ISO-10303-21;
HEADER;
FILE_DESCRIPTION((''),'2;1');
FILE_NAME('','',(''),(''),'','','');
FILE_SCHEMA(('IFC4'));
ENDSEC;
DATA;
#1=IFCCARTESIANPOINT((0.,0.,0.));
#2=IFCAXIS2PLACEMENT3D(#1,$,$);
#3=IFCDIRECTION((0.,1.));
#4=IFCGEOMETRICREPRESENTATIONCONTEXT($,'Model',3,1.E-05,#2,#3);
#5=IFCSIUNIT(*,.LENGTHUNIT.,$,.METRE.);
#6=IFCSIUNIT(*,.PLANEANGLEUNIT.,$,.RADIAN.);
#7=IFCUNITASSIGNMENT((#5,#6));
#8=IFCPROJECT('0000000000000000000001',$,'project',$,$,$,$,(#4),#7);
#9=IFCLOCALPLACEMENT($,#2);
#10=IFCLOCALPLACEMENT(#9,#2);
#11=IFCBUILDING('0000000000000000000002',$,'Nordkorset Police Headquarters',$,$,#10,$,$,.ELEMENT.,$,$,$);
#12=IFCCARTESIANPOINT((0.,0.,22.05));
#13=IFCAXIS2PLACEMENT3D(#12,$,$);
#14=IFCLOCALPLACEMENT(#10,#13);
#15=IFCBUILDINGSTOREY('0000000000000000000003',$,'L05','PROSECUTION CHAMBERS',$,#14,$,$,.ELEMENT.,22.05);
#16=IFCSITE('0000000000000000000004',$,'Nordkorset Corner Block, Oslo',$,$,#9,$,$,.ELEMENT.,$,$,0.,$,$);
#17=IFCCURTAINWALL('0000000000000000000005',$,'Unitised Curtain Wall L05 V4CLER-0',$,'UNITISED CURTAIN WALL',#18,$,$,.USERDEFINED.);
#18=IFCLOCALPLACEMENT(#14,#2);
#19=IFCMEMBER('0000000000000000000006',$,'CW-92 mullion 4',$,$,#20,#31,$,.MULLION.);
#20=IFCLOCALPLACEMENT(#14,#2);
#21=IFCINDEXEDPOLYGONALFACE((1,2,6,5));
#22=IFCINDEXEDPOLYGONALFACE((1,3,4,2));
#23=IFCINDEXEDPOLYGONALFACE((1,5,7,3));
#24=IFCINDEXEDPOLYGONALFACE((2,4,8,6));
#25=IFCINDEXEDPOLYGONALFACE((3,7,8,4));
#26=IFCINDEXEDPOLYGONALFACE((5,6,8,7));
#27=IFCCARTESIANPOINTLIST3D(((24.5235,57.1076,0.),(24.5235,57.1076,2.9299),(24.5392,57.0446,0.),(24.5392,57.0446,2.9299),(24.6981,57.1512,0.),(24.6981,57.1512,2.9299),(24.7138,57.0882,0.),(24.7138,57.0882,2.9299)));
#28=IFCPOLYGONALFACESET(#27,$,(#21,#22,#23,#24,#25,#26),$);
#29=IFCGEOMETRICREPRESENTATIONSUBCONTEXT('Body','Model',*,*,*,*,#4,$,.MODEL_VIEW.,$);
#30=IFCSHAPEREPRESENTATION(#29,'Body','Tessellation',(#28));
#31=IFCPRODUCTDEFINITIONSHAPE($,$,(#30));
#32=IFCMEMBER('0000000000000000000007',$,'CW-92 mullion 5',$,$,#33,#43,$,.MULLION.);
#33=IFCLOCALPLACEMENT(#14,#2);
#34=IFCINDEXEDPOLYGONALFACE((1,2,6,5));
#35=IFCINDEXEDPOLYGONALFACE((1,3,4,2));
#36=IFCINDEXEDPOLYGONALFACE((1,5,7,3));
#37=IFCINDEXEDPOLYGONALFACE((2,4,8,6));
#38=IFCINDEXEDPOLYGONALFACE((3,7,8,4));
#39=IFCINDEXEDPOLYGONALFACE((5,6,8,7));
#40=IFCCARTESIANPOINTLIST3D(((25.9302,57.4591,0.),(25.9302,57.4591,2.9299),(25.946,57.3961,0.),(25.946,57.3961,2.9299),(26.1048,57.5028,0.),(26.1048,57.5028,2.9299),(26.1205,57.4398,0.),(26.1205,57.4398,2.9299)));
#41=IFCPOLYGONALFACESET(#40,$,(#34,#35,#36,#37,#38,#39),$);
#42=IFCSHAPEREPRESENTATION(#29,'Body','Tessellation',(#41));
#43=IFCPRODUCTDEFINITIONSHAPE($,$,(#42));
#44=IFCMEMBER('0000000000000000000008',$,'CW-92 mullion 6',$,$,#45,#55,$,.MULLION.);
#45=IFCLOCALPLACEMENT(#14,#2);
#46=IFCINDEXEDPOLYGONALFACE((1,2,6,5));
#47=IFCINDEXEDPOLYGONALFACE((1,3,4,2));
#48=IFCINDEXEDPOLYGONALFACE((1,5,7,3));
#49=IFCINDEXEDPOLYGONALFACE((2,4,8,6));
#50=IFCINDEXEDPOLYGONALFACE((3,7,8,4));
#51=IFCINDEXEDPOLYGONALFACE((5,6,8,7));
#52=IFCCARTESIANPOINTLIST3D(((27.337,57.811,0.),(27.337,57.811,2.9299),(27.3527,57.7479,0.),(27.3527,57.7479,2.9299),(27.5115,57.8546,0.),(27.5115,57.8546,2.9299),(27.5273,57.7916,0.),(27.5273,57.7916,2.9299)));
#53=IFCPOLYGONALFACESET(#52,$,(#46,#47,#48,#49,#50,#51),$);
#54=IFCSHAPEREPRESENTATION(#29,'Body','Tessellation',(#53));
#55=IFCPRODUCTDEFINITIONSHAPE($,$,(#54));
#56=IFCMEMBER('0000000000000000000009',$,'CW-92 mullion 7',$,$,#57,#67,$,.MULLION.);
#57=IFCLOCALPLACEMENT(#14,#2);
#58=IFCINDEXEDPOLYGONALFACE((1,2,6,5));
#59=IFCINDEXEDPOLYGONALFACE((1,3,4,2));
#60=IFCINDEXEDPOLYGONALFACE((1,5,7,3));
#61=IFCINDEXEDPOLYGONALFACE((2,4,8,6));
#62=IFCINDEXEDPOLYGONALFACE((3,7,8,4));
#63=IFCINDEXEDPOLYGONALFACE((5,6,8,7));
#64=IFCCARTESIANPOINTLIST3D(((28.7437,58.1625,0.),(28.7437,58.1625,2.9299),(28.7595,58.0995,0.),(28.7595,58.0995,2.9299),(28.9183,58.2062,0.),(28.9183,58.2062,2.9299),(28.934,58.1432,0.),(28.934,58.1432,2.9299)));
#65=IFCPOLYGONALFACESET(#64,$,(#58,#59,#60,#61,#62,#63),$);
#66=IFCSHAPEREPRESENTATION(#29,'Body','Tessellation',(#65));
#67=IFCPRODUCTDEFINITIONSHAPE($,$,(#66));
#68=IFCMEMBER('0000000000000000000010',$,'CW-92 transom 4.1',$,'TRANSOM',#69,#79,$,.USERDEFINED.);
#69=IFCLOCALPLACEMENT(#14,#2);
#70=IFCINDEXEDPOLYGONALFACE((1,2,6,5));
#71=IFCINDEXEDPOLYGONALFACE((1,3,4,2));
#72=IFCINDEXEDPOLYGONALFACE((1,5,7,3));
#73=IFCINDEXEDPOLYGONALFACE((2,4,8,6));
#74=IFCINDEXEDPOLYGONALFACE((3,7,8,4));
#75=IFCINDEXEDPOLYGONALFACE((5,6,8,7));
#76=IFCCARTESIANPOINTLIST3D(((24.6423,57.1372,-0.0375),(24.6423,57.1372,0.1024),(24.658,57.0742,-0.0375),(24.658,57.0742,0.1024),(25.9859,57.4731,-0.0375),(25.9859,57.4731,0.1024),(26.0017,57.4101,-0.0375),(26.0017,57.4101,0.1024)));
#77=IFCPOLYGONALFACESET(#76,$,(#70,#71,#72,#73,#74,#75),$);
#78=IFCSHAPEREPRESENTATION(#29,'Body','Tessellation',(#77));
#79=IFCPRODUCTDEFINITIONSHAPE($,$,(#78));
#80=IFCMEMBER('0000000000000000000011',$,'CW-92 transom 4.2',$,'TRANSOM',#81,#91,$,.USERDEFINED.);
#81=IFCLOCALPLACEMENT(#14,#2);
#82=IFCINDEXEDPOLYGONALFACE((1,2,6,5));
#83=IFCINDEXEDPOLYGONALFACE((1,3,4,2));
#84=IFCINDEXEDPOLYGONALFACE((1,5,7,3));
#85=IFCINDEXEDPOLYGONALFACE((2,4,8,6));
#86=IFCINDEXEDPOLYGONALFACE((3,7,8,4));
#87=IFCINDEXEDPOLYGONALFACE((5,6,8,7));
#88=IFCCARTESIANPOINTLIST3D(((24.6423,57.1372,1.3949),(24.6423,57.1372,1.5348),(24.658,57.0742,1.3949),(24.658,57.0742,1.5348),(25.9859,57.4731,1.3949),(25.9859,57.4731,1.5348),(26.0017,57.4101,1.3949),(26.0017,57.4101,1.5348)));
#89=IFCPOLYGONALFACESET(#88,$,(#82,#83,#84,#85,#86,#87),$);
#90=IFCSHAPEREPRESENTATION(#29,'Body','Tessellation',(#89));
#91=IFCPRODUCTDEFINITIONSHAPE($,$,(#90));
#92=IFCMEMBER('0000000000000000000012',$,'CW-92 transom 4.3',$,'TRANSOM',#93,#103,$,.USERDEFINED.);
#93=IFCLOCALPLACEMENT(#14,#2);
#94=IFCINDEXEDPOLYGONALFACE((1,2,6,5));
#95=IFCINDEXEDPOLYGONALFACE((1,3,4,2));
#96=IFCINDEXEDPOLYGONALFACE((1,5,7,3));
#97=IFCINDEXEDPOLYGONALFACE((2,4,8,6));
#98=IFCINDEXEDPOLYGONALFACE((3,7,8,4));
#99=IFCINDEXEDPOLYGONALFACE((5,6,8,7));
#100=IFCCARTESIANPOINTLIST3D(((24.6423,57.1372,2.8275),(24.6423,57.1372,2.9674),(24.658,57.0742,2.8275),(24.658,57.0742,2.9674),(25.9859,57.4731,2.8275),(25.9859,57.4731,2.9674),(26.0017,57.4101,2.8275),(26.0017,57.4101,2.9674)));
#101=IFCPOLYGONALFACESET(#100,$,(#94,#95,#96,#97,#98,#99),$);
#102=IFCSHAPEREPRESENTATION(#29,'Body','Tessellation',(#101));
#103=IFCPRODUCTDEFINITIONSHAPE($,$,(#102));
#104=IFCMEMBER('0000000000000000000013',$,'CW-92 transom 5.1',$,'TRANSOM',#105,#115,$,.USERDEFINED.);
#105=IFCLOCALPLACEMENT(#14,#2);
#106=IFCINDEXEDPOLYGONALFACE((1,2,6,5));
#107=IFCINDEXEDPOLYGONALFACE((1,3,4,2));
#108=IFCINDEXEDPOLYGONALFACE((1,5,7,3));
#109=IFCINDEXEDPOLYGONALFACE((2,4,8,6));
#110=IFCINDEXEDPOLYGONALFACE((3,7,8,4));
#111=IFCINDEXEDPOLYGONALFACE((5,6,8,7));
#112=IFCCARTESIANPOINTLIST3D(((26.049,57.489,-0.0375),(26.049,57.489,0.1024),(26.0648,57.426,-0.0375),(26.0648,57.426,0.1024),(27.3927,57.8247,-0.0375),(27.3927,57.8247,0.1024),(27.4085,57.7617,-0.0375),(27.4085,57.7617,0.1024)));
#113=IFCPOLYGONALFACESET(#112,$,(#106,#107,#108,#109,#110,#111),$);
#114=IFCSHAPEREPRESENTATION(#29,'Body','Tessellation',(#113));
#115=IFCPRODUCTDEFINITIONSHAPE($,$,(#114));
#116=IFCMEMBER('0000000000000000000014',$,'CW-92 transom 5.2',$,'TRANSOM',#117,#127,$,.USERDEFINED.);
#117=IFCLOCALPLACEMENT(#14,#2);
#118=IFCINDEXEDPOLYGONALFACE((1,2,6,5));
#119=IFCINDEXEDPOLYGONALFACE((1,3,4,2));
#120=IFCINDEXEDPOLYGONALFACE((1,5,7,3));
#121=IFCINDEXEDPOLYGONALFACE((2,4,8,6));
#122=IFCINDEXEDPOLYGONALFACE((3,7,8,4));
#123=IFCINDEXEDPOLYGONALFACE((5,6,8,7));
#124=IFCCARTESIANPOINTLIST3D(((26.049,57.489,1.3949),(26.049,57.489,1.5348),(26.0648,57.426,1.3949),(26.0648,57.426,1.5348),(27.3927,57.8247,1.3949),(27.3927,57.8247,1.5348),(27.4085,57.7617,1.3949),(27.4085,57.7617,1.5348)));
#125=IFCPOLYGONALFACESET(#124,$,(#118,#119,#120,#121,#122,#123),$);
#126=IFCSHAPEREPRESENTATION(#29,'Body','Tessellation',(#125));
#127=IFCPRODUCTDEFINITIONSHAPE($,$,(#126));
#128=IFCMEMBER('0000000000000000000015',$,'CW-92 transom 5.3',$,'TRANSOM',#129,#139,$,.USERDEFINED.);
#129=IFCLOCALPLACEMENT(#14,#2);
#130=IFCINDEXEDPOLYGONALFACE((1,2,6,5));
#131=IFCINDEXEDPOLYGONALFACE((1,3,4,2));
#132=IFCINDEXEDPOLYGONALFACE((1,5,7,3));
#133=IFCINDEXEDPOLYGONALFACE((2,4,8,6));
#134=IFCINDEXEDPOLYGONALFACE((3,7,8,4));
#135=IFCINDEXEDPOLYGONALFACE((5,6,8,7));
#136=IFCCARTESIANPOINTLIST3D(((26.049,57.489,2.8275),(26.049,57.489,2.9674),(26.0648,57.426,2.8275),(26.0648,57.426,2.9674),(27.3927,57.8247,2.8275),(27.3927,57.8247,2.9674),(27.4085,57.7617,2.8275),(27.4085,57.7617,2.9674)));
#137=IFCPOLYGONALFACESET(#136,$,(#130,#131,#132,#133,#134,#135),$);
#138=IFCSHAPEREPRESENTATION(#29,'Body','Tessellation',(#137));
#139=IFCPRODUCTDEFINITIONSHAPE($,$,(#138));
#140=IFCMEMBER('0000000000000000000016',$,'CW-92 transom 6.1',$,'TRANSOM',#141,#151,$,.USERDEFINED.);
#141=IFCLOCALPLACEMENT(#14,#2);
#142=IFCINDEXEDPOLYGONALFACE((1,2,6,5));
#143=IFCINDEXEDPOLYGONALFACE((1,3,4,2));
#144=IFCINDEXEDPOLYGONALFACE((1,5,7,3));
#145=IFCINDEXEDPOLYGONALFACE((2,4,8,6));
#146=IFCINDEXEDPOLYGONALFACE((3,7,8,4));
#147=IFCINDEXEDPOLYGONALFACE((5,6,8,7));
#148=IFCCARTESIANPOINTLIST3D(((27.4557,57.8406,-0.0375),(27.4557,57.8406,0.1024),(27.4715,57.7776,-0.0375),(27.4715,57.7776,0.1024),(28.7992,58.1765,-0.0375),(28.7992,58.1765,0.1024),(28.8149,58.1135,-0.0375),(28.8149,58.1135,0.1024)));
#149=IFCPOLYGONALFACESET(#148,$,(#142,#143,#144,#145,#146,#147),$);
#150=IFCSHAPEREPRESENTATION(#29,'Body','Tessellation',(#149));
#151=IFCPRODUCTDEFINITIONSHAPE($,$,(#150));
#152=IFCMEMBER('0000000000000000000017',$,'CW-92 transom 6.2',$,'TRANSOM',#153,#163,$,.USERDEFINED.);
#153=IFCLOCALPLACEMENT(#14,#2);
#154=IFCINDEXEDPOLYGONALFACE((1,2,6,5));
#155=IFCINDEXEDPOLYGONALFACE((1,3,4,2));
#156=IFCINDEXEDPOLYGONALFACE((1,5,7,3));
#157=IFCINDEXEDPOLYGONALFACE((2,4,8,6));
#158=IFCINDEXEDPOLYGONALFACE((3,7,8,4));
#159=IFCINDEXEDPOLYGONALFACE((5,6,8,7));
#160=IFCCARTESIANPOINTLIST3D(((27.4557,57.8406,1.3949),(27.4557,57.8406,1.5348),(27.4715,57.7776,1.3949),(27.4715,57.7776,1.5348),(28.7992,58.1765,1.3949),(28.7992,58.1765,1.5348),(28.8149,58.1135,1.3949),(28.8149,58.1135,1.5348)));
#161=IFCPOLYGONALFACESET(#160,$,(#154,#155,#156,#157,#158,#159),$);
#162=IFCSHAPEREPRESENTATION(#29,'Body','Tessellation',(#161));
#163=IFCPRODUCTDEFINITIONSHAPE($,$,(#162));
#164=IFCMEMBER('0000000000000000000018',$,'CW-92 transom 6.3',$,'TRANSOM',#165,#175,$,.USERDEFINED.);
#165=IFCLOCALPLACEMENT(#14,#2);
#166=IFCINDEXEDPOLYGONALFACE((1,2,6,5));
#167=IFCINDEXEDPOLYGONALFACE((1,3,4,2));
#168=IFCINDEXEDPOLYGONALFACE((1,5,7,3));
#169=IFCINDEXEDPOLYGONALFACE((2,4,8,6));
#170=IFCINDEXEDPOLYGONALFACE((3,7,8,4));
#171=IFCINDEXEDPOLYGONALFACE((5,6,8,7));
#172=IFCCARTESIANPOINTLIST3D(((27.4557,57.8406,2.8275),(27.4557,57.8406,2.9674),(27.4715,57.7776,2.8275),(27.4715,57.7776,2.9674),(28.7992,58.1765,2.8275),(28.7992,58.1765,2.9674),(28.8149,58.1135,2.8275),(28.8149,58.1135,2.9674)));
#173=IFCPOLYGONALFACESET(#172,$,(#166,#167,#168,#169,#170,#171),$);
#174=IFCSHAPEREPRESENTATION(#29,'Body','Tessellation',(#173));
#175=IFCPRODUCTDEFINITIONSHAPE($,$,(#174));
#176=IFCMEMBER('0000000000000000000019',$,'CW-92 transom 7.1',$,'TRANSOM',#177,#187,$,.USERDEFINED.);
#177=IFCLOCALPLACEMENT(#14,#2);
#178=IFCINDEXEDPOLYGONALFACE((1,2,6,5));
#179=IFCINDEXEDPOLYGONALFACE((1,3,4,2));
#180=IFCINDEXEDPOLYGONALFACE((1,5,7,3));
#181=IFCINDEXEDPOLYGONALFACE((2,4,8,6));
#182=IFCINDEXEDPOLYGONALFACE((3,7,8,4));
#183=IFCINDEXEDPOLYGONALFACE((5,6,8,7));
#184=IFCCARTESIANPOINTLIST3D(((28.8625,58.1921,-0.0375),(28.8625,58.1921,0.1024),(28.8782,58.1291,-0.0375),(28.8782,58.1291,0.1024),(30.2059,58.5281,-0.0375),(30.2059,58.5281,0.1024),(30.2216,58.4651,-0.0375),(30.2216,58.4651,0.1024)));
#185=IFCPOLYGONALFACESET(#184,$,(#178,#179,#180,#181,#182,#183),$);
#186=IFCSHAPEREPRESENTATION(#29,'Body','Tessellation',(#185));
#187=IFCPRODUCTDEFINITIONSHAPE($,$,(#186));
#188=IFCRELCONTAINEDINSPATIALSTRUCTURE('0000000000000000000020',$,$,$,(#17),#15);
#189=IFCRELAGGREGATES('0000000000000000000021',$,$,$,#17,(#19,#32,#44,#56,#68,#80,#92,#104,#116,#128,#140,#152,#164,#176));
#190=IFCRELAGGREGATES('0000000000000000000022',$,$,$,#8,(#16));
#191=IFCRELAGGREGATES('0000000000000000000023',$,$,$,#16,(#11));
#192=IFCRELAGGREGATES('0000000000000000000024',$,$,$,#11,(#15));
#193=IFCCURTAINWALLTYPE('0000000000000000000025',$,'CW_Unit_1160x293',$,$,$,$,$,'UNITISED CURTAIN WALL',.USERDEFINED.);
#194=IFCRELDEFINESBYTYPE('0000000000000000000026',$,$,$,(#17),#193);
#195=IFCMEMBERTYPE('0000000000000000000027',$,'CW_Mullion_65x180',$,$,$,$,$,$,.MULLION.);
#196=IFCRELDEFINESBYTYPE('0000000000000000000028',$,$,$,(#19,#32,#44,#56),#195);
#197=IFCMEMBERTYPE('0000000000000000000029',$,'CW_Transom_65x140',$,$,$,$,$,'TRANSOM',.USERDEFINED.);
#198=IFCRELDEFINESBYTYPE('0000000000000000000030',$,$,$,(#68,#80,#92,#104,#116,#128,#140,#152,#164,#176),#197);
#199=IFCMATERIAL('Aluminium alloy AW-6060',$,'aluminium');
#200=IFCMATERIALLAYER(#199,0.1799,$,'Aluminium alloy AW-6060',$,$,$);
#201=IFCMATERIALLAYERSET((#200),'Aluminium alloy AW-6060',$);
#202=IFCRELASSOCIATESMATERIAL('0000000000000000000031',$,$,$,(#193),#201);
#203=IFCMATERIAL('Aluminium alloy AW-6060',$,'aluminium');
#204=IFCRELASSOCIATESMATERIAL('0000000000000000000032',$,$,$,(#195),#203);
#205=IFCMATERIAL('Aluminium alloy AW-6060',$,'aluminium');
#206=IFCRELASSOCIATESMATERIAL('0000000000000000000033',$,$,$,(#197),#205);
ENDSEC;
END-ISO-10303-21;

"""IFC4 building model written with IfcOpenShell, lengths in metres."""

from ifc_helpers import new_model, si_unit, direction, frame, origin, origin_2d, place, context, subcontext, project, spatial, rectangle, extrude, material, layer, layer_set, material_profile, profile_set, type_object, element, aggregate, save


model = new_model("IFC4")

# Units and contexts
model_context = context("Model", 3, precision=1e-05, world=origin(), true_north=direction((0.0, 1.0)))
body_context = subcontext(model_context, "Body", "Model", "MODEL_VIEW")
ifc_project = project(units=[si_unit("LENGTHUNIT", "METRE"), si_unit("PLANEANGLEUNIT", "RADIAN")], contexts=[model_context])

# Site, building, storey
site_placement = place(None, origin())
site = spatial("IfcSite", under=ifc_project, at=site_placement, Name="Nordkorset Corner Block, Oslo", CompositionType="ELEMENT", RefElevation=0.0)
building_placement = place(site_placement, origin())
building = spatial("IfcBuilding", under=site, at=building_placement, Name="Nordkorset Police Headquarters", CompositionType="ELEMENT")
storey_placement = place(building_placement, frame((0.0, 0.0, 22.05)))
storey = spatial("IfcBuildingStorey", under=building, at=storey_placement, Name="L05", Description="PROSECUTION CHAMBERS", CompositionType="ELEMENT", Elevation=22.05)

# Curtain wall, members
ifc_material_1 = material(Name="Aluminium alloy AW-6060", Category="aluminium")
ifc_layer_1 = layer(ifc_material_1, 0.1799, Name="Aluminium alloy AW-6060")
ifc_layer_set_1 = layer_set([ifc_layer_1], Name="Aluminium alloy AW-6060")
curtain_wall_type = type_object("IfcCurtainWallType", Name="CW_Unit_1160x293", ElementType="UNITISED CURTAIN WALL", PredefinedType="USERDEFINED", material=ifc_layer_set_1)
curtain_wall_placement = place(storey_placement, origin())
curtain_wall = element("IfcCurtainWall", 1, at=curtain_wall_placement, inside=storey, type_object=curtain_wall_type, Name="Unitised Curtain Wall L05 V4CLER-0", ObjectType="UNITISED CURTAIN WALL", PredefinedType="USERDEFINED")
ifc_material_2 = material(Name="Aluminium alloy AW-6060", Category="aluminium")
ifc_material_profile_1 = material_profile(ifc_material_2, rectangle(XDim=0.0649, YDim=0.1799, at=origin_2d()), Name="ALU MULL 65x180")
ifc_profile_set_1 = profile_set([ifc_material_profile_1], Name="Aluminium alloy AW-6060")
member_type_1 = type_object("IfcMemberType", Name="CW_Mullion_65x180", PredefinedType="MULLION", material=ifc_profile_set_1)
member_1_placement = place(storey_placement, frame((24.6187, 57.0979, 0.0), z_axis=(0.0, 0.0, 1.0), x_axis=(-0.242536, 0.970142, 0.0)))
member_1 = element("IfcMember", 2, at=member_1_placement, type_object=member_type_1, Name="CW-92 mullion 4", PredefinedType="MULLION", context=body_context, shape_type="SweptSolid", body=[
    extrude(rectangle(XDim=0.0649, YDim=0.1799, at=origin_2d()), origin(), (0.0, 0.0, 1.0), 2.9299),
])
member_2_placement = place(storey_placement, frame((26.0254, 57.4495, 0.0), z_axis=(0.0, 0.0, 1.0), x_axis=(-0.242536, 0.970142, 0.0)))
member_2 = element("IfcMember", 3, at=member_2_placement, type_object=member_type_1, Name="CW-92 mullion 5", PredefinedType="MULLION", context=body_context, shape_type="SweptSolid", body=[
    extrude(rectangle(XDim=0.0649, YDim=0.1799, at=origin_2d()), origin(), (0.0, 0.0, 1.0), 2.9299),
])
member_3_placement = place(storey_placement, frame((27.4321, 57.8013, 0.0), z_axis=(0.0, 0.0, 1.0), x_axis=(-0.242536, 0.970142, 0.0)))
member_3 = element("IfcMember", 4, at=member_3_placement, type_object=member_type_1, Name="CW-92 mullion 6", PredefinedType="MULLION", context=body_context, shape_type="SweptSolid", body=[
    extrude(rectangle(XDim=0.0649, YDim=0.1799, at=origin_2d()), origin(), (0.0, 0.0, 1.0), 2.9299),
])
member_4_placement = place(storey_placement, frame((28.8389, 58.1528, 0.0), z_axis=(0.0, 0.0, 1.0), x_axis=(-0.242536, 0.970142, 0.0)))
member_4 = element("IfcMember", 5, at=member_4_placement, type_object=member_type_1, Name="CW-92 mullion 7", PredefinedType="MULLION", context=body_context, shape_type="SweptSolid", body=[
    extrude(rectangle(XDim=0.0649, YDim=0.1799, at=origin_2d()), origin(), (0.0, 0.0, 1.0), 2.9299),
])
ifc_material_3 = material(Name="Aluminium alloy AW-6060", Category="aluminium")
ifc_material_profile_2 = material_profile(ifc_material_3, rectangle(XDim=0.0649, YDim=0.1399, at=origin_2d()), Name="ALU TRAN 65x140")
ifc_profile_set_2 = profile_set([ifc_material_profile_2], Name="Aluminium alloy AW-6060")
member_type_2 = type_object("IfcMemberType", Name="CW_Transom_65x140", ElementType="TRANSOM", PredefinedType="USERDEFINED", material=ifc_profile_set_2)
member_5_placement = place(storey_placement, frame((24.6501, 57.1057, 0.0325), z_axis=(0.970143, 0.242536, 0.0), x_axis=(-0.242536, 0.970143, 0.0)))
member_5 = element("IfcMember", 6, at=member_5_placement, type_object=member_type_2, Name="CW-92 transom 4.1", ObjectType="TRANSOM", PredefinedType="USERDEFINED", context=body_context, shape_type="SweptSolid", body=[
    extrude(rectangle(XDim=0.0649, YDim=0.1399, at=origin_2d()), origin(), (0.0, 0.0, 1.0), 1.385),
])
member_6_placement = place(storey_placement, frame((24.6501, 57.1057, 1.4648), z_axis=(0.970143, 0.242536, 0.0), x_axis=(-0.242536, 0.970143, 0.0)))
member_6 = element("IfcMember", 7, at=member_6_placement, type_object=member_type_2, Name="CW-92 transom 4.2", ObjectType="TRANSOM", PredefinedType="USERDEFINED", context=body_context, shape_type="SweptSolid", body=[
    extrude(rectangle(XDim=0.0649, YDim=0.1399, at=origin_2d()), origin(), (0.0, 0.0, 1.0), 1.385),
])
member_7_placement = place(storey_placement, frame((24.6501, 57.1057, 2.8975), z_axis=(0.970143, 0.242536, 0.0), x_axis=(-0.242536, 0.970143, 0.0)))
member_7 = element("IfcMember", 8, at=member_7_placement, type_object=member_type_2, Name="CW-92 transom 4.3", ObjectType="TRANSOM", PredefinedType="USERDEFINED", context=body_context, shape_type="SweptSolid", body=[
    extrude(rectangle(XDim=0.0649, YDim=0.1399, at=origin_2d()), origin(), (0.0, 0.0, 1.0), 1.385),
])
member_8_placement = place(storey_placement, frame((26.0569, 57.4575, 0.0325), z_axis=(0.970184, 0.24237, 0.0), x_axis=(-0.24237, 0.970184, 0.0)))
member_8 = element("IfcMember", 9, at=member_8_placement, type_object=member_type_2, Name="CW-92 transom 5.1", ObjectType="TRANSOM", PredefinedType="USERDEFINED", context=body_context, shape_type="SweptSolid", body=[
    extrude(rectangle(XDim=0.0649, YDim=0.1399, at=origin_2d()), origin(), (0.0, 0.0, 1.0), 1.385),
])
member_9_placement = place(storey_placement, frame((26.0569, 57.4575, 1.4648), z_axis=(0.970184, 0.24237, 0.0), x_axis=(-0.24237, 0.970184, 0.0)))
member_9 = element("IfcMember", 10, at=member_9_placement, type_object=member_type_2, Name="CW-92 transom 5.2", ObjectType="TRANSOM", PredefinedType="USERDEFINED", context=body_context, shape_type="SweptSolid", body=[
    extrude(rectangle(XDim=0.0649, YDim=0.1399, at=origin_2d()), origin(), (0.0, 0.0, 1.0), 1.385),
])
member_10_placement = place(storey_placement, frame((26.0569, 57.4575, 2.8975), z_axis=(0.970184, 0.24237, 0.0), x_axis=(-0.24237, 0.970184, 0.0)))
member_10 = element("IfcMember", 11, at=member_10_placement, type_object=member_type_2, Name="CW-92 transom 5.3", ObjectType="TRANSOM", PredefinedType="USERDEFINED", context=body_context, shape_type="SweptSolid", body=[
    extrude(rectangle(XDim=0.0649, YDim=0.1399, at=origin_2d()), origin(), (0.0, 0.0, 1.0), 1.385),
])
member_11_placement = place(storey_placement, frame((27.4636, 57.8091, 0.0325), z_axis=(0.970132, 0.242577, 0.0), x_axis=(-0.242577, 0.970132, 0.0)))
member_11 = element("IfcMember", 12, at=member_11_placement, type_object=member_type_2, Name="CW-92 transom 6.1", ObjectType="TRANSOM", PredefinedType="USERDEFINED", context=body_context, shape_type="SweptSolid", body=[
    extrude(rectangle(XDim=0.0649, YDim=0.1399, at=origin_2d()), origin(), (0.0, 0.0, 1.0), 1.3848),
])
member_12_placement = place(storey_placement, frame((27.4636, 57.8091, 1.4648), z_axis=(0.970132, 0.242577, 0.0), x_axis=(-0.242577, 0.970132, 0.0)))
member_12 = element("IfcMember", 13, at=member_12_placement, type_object=member_type_2, Name="CW-92 transom 6.2", ObjectType="TRANSOM", PredefinedType="USERDEFINED", context=body_context, shape_type="SweptSolid", body=[
    extrude(rectangle(XDim=0.0649, YDim=0.1399, at=origin_2d()), origin(), (0.0, 0.0, 1.0), 1.3848),
])
member_13_placement = place(storey_placement, frame((27.4636, 57.8091, 2.8975), z_axis=(0.970132, 0.242577, 0.0), x_axis=(-0.242577, 0.970132, 0.0)))
member_13 = element("IfcMember", 14, at=member_13_placement, type_object=member_type_2, Name="CW-92 transom 6.3", ObjectType="TRANSOM", PredefinedType="USERDEFINED", context=body_context, shape_type="SweptSolid", body=[
    extrude(rectangle(XDim=0.0649, YDim=0.1399, at=origin_2d()), origin(), (0.0, 0.0, 1.0), 1.3848),
])
member_14_placement = place(storey_placement, frame((28.8704, 58.1606, 0.0325), z_axis=(0.970132, 0.242577, 0.0), x_axis=(-0.242577, 0.970132, 0.0)))
member_14 = element("IfcMember", 15, at=member_14_placement, type_object=member_type_2, Name="CW-92 transom 7.1", ObjectType="TRANSOM", PredefinedType="USERDEFINED", context=body_context, shape_type="SweptSolid", body=[
    extrude(rectangle(XDim=0.0649, YDim=0.1399, at=origin_2d()), origin(), (0.0, 0.0, 1.0), 1.3848),
])

aggregate(curtain_wall, [member_1, member_2, member_3, member_4, member_5, member_6, member_7, member_8, member_9, member_10, member_11, member_12, member_13, member_14])

save(model, "model.ifc")
